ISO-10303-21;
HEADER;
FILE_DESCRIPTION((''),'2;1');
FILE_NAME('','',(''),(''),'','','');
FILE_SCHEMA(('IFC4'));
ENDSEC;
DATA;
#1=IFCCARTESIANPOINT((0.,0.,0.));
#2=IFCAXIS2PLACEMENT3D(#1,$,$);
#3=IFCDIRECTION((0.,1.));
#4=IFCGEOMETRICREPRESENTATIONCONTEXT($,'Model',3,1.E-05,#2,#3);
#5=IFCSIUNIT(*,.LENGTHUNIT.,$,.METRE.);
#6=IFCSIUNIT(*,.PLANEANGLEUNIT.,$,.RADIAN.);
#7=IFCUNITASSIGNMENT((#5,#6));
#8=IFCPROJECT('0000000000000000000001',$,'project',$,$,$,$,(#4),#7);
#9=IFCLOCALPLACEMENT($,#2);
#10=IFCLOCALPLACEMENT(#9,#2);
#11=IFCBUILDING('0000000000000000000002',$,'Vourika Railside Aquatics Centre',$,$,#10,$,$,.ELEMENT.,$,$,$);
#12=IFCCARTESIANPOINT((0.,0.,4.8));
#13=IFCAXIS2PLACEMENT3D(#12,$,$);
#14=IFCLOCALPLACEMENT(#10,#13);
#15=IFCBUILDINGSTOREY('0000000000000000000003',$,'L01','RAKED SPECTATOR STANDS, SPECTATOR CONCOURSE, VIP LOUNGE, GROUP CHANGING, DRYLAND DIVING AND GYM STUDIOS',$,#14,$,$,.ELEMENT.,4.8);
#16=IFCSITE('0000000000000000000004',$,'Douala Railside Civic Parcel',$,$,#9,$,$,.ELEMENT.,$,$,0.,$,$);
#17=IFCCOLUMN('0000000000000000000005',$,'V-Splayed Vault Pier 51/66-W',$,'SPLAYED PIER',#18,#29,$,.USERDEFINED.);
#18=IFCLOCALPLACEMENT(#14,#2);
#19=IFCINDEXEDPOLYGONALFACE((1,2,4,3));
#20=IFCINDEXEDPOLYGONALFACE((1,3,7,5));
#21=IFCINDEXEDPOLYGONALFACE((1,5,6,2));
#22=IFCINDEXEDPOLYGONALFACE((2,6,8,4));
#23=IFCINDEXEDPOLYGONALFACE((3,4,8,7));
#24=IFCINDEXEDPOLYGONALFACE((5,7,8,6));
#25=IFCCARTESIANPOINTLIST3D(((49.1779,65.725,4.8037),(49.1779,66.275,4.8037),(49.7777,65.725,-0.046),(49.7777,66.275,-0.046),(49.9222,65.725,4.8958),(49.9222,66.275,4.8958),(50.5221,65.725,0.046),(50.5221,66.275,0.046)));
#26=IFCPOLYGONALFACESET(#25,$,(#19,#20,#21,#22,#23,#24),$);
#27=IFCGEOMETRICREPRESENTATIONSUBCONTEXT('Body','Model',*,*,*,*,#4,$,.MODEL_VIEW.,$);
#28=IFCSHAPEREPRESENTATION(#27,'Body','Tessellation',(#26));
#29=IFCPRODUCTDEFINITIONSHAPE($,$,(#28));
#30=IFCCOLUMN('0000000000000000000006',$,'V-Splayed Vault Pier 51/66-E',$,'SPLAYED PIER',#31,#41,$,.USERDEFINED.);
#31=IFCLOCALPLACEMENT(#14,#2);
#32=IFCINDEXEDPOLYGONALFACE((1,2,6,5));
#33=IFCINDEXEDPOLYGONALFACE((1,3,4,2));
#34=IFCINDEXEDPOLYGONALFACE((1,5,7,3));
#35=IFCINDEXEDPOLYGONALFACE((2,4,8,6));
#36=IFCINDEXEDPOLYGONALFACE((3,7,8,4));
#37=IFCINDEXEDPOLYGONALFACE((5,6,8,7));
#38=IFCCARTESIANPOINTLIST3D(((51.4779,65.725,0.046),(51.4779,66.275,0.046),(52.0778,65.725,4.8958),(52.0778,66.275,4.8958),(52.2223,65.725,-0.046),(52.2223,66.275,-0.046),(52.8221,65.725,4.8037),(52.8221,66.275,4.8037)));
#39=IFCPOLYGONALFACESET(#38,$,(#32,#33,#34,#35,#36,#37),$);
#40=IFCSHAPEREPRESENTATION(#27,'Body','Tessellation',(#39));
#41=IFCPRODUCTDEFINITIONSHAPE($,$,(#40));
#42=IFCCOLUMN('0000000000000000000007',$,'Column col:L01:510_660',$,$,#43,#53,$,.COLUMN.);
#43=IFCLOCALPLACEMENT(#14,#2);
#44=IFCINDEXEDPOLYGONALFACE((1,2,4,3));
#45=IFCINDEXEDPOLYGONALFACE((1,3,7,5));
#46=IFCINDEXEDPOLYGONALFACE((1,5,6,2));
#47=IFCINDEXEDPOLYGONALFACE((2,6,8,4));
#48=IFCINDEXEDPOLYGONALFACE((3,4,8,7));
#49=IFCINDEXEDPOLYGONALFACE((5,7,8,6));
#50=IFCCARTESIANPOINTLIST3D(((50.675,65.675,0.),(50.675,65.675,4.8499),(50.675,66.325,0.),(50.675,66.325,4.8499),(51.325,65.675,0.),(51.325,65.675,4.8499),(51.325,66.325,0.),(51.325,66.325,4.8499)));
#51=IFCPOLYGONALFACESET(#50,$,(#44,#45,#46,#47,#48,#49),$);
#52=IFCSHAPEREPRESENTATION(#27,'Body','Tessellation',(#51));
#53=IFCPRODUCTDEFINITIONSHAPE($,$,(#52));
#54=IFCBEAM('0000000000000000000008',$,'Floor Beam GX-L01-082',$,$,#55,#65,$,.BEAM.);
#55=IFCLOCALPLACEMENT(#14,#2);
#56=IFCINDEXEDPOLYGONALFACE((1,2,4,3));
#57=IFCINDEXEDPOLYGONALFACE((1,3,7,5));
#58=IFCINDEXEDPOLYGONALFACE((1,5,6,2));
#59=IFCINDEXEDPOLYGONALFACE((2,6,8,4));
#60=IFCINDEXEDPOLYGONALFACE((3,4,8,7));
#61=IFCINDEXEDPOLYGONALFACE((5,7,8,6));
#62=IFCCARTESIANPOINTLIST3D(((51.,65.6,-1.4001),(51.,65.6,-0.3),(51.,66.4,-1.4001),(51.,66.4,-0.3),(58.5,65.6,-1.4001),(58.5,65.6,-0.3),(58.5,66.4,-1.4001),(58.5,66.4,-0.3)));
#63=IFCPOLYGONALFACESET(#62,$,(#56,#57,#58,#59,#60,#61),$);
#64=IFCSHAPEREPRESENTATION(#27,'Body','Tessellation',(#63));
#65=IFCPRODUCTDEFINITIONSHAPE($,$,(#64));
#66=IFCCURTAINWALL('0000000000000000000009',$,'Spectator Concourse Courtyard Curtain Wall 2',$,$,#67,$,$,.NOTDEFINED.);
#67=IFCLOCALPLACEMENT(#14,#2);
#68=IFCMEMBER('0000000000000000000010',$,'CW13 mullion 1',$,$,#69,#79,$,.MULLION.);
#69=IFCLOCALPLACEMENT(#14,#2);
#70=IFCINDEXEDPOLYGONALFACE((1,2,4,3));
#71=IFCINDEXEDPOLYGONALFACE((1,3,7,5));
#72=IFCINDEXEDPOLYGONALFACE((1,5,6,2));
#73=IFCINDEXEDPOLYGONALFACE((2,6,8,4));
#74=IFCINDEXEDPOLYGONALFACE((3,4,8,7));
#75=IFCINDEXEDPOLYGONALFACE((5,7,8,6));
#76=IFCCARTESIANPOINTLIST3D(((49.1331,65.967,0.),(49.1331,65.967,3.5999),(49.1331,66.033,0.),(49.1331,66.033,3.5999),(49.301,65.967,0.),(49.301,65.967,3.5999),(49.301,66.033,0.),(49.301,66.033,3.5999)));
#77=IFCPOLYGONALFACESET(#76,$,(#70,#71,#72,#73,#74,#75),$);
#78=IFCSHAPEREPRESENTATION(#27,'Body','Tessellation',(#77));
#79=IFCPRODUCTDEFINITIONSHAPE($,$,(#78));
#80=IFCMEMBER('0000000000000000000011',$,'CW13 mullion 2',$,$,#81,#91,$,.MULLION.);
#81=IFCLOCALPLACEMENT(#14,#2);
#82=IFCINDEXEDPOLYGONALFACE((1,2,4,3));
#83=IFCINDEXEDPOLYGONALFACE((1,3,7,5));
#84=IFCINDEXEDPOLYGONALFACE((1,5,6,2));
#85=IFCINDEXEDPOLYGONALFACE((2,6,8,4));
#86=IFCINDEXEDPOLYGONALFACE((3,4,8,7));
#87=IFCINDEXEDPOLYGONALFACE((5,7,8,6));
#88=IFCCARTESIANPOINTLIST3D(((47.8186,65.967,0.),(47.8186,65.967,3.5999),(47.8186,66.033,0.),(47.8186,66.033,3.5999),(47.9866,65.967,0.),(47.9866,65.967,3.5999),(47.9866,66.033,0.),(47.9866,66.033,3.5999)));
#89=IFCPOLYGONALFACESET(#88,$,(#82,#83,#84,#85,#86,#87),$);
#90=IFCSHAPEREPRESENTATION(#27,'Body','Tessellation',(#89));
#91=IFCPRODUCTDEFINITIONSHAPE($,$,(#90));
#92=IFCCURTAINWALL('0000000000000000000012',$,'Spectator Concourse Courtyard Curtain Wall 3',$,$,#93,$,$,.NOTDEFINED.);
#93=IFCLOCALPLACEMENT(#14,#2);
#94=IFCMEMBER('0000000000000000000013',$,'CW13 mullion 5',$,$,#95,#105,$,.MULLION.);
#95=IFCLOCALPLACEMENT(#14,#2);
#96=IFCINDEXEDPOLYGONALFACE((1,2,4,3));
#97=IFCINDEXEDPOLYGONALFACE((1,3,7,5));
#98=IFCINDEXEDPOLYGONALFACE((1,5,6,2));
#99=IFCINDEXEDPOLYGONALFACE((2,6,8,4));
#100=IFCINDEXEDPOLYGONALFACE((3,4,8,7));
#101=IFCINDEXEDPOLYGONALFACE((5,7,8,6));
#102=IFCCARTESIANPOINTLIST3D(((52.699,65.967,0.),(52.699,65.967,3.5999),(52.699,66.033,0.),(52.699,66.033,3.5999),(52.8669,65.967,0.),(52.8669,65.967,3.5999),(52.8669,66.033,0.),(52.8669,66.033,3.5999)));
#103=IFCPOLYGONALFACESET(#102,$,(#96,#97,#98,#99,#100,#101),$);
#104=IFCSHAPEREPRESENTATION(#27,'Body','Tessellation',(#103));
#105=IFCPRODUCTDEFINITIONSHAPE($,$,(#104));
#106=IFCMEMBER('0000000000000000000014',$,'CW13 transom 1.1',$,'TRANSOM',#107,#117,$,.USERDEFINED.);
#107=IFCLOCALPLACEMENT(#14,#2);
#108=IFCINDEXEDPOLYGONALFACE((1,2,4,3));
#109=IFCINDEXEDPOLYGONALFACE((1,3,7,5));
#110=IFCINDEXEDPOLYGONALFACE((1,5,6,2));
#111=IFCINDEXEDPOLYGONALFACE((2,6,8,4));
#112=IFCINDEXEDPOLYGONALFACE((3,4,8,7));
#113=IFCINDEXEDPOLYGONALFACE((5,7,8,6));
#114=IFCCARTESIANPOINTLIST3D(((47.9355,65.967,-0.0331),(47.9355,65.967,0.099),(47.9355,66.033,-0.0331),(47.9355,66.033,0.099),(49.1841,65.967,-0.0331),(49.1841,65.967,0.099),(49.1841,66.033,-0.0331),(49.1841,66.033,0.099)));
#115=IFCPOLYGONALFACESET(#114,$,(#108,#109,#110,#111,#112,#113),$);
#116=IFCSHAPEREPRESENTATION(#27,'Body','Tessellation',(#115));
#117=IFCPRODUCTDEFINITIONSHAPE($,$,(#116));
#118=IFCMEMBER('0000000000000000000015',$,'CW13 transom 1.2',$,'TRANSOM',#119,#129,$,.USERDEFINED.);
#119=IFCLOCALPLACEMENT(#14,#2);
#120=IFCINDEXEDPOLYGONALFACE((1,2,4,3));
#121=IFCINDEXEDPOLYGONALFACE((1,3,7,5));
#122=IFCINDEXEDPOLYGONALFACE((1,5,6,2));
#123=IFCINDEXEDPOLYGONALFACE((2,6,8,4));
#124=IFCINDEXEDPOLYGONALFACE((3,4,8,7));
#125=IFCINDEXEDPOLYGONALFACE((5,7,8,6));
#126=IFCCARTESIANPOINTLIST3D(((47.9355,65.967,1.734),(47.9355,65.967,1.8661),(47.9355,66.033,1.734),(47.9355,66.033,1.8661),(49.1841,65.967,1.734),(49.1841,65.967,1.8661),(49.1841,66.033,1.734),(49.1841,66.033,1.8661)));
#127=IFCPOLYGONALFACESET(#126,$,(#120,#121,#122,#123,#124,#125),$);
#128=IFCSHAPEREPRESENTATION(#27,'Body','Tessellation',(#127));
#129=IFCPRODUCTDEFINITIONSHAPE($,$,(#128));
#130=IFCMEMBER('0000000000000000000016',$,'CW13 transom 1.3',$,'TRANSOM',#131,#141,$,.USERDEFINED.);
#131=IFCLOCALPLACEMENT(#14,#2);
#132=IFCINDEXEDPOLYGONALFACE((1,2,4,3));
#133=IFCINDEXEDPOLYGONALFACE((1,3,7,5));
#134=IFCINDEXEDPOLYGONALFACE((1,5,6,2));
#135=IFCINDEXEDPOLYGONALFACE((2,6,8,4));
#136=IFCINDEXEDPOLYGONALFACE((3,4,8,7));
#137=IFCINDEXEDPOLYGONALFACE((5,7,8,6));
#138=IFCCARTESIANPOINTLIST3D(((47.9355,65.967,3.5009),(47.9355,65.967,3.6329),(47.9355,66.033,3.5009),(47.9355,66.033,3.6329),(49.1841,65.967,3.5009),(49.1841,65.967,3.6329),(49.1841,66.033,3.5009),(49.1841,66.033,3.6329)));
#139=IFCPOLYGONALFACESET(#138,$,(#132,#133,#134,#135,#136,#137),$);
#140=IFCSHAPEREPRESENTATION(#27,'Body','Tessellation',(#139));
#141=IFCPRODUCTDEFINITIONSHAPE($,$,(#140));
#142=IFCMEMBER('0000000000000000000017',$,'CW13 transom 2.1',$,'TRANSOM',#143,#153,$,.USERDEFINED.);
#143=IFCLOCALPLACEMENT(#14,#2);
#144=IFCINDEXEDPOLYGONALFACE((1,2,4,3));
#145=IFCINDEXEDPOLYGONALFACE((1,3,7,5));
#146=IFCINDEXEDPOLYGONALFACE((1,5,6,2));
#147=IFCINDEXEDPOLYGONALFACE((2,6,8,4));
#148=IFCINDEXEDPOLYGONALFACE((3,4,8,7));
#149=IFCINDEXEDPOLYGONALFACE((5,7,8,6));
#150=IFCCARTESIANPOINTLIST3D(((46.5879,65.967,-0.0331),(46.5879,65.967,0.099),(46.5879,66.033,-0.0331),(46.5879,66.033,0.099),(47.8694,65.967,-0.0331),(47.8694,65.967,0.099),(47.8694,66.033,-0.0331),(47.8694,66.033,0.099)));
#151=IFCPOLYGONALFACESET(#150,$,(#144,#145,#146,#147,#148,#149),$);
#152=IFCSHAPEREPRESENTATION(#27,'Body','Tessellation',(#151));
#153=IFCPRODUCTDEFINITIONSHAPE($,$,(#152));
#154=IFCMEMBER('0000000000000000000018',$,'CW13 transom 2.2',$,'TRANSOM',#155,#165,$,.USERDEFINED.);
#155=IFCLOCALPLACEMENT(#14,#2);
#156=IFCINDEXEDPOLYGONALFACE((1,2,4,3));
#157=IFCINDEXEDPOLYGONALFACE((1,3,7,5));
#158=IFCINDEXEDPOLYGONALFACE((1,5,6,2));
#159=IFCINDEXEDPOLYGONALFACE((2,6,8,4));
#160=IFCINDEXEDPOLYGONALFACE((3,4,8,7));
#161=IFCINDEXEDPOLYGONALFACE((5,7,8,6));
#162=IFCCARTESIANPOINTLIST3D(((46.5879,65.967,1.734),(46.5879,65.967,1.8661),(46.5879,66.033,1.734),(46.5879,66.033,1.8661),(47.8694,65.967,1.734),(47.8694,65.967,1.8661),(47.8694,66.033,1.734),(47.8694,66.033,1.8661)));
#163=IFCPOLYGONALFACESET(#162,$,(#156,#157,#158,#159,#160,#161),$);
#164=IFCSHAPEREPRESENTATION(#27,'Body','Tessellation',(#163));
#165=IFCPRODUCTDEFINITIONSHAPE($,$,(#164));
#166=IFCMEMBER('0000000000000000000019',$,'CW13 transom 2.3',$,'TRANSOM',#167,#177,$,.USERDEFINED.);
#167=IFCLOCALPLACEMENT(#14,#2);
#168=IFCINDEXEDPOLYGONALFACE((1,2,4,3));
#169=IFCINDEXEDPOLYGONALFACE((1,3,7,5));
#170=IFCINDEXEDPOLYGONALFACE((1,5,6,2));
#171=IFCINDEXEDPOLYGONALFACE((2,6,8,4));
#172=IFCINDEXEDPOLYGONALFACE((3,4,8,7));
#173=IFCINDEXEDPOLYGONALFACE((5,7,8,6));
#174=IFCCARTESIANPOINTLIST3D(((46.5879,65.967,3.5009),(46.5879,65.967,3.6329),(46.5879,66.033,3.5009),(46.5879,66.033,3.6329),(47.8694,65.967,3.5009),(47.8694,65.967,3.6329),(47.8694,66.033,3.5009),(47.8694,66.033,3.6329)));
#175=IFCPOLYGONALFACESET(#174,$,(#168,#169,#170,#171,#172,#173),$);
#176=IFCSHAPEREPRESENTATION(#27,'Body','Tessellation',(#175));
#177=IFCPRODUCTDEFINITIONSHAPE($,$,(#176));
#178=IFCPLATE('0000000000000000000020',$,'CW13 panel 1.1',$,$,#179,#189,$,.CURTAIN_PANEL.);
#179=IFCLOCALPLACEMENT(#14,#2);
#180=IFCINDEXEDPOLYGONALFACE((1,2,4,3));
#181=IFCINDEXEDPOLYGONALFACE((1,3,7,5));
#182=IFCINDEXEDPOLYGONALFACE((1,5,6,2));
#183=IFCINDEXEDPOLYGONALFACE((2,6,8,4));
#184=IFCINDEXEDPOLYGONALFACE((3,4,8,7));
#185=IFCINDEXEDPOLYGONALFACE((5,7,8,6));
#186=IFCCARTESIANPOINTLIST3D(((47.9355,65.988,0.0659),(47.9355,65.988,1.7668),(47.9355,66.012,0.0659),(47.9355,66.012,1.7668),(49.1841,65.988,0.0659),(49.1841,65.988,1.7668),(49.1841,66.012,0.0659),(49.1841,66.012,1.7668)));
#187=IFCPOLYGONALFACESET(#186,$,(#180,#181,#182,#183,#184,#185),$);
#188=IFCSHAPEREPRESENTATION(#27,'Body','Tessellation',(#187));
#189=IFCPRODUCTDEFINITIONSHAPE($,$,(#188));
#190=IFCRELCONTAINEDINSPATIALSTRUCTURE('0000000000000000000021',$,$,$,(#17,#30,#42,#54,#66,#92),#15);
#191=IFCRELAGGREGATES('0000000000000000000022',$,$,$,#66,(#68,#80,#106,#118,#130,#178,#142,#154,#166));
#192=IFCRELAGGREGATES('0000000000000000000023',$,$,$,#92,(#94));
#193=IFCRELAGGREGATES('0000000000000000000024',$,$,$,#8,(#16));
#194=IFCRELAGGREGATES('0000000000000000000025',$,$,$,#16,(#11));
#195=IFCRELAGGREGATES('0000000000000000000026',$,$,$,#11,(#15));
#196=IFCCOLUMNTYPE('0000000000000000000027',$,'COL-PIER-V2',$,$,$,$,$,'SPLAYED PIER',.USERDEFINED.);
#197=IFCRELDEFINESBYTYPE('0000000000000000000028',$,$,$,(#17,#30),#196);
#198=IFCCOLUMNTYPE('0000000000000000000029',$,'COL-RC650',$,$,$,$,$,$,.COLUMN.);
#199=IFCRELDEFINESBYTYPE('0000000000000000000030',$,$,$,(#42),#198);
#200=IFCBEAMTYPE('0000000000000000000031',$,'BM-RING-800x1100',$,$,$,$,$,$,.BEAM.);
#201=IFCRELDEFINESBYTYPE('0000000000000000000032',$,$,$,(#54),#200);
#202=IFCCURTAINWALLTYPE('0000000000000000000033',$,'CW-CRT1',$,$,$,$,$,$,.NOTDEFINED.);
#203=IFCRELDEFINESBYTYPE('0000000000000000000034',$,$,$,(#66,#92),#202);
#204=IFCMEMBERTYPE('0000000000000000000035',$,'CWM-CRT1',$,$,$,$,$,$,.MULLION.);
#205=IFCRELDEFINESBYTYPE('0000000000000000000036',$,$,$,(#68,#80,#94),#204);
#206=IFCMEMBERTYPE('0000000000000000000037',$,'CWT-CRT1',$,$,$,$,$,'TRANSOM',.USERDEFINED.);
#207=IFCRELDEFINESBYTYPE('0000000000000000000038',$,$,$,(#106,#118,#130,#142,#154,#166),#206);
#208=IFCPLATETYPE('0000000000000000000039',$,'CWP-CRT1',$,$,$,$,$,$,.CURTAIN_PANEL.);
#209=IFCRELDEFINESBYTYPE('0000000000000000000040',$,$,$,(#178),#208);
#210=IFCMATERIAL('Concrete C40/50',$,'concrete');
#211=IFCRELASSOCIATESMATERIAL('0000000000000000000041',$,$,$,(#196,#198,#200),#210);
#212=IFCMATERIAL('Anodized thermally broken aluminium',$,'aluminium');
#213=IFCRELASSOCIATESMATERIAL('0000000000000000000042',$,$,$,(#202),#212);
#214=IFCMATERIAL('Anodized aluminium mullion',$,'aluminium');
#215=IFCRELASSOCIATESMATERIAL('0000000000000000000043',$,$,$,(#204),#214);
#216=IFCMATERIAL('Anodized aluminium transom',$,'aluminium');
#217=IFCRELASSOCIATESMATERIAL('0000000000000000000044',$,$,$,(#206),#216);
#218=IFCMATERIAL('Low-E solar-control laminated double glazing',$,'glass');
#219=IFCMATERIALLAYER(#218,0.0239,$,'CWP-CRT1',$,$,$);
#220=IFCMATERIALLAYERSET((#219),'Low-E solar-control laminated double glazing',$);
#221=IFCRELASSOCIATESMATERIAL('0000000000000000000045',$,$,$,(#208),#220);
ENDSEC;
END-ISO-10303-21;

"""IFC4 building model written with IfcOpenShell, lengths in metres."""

from ifc_helpers import new_model, si_unit, direction, frame, origin, origin_2d, place, context, subcontext, project, spatial, rectangle, extrude, material, layer, layer_set, material_profile, profile_set, type_object, element, aggregate, save


model = new_model("IFC4")

# Units and contexts
model_context = context("Model", 3, precision=1e-05, world=origin(), true_north=direction((0.0, 1.0)))
body_context = subcontext(model_context, "Body", "Model", "MODEL_VIEW")
ifc_project = project(units=[si_unit("LENGTHUNIT", "METRE"), si_unit("PLANEANGLEUNIT", "RADIAN")], contexts=[model_context])

# Site, building, storey
site_placement = place(None, origin())
site = spatial("IfcSite", under=ifc_project, at=site_placement, Name="Douala Railside Civic Parcel", CompositionType="ELEMENT", RefElevation=0.0)
building_placement = place(site_placement, origin())
building = spatial("IfcBuilding", under=site, at=building_placement, Name="Vourika Railside Aquatics Centre", CompositionType="ELEMENT")
storey_placement = place(building_placement, frame((0.0, 0.0, 4.8)))
storey = spatial("IfcBuildingStorey", under=building, at=storey_placement, Name="L01", Description="RAKED SPECTATOR STANDS, SPECTATOR CONCOURSE, VIP LOUNGE, GROUP CHANGING, DRYLAND DIVING AND GYM STUDIOS", CompositionType="ELEMENT", Elevation=4.8)

# Columns
ifc_material_1 = material(Name="Concrete C40/50", Category="concrete")
ifc_material_profile_1 = material_profile(ifc_material_1, rectangle(XDim=0.55, YDim=0.75, at=origin_2d()), Name="RC 550x750")
ifc_profile_set_1 = profile_set([ifc_material_profile_1], Name="Concrete C40/50")
column_type_1 = type_object("IfcColumnType", Name="COL-PIER-V2", ElementType="SPLAYED PIER", PredefinedType="USERDEFINED", material=ifc_profile_set_1)
for number, where, z_axis, x_axis, name in (
    (1, (50.1499, 66.0, 0.0), (-0.12275, 0.0, 0.992438), (0.0, -1.0, 0.0), "V-Splayed Vault Pier 51/66-W"),
    (2, (51.8501, 66.0, 0.0), (0.12275, 0.0, 0.992438), (0.0, 1.0, 0.0), "V-Splayed Vault Pier 51/66-E"),
):
    element("IfcColumn", number, at=place(storey_placement, frame(where, z_axis=z_axis, x_axis=x_axis)), inside=storey, type_object=column_type_1, Name=name, ObjectType="SPLAYED PIER", PredefinedType="USERDEFINED", context=body_context, shape_type="SweptSolid", body=[
        extrude(rectangle(XDim=0.55, YDim=0.75, at=origin_2d()), origin(), (0.0, 0.0, 1.0), 4.8867),
    ])
ifc_material_profile_2 = material_profile(ifc_material_1, rectangle(XDim=0.6499, YDim=0.6499, at=origin_2d()), Name="RC 650x650")
ifc_profile_set_2 = profile_set([ifc_material_profile_2], Name="Concrete C40/50")
column_type_2 = type_object("IfcColumnType", Name="COL-RC650", PredefinedType="COLUMN", material=ifc_profile_set_2)
column_placement = place(storey_placement, frame((51.0, 66.0, 0.0), z_axis=(0.0, 0.0, 1.0), x_axis=(1.0, 0.0, 0.0)))
element("IfcColumn", 3, at=column_placement, inside=storey, type_object=column_type_2, Name="Column col:L01:510_660", PredefinedType="COLUMN", context=body_context, shape_type="SweptSolid", body=[
    extrude(rectangle(XDim=0.6499, YDim=0.6499, at=origin_2d()), origin(), (0.0, 0.0, 1.0), 4.8499),
])

# Beam
ifc_material_profile_3 = material_profile(ifc_material_1, rectangle(XDim=0.8, YDim=1.1001, at=origin_2d()), Name="RC 800x1100")
ifc_profile_set_3 = profile_set([ifc_material_profile_3], Name="Concrete C40/50")
beam_type = type_object("IfcBeamType", Name="BM-RING-800x1100", PredefinedType="BEAM", material=ifc_profile_set_3)
beam_placement = place(storey_placement, frame((51.0, 66.0, -0.8501), z_axis=(1.0, 0.0, 0.0), x_axis=(0.0, 1.0, 0.0)))
element("IfcBeam", 4, at=beam_placement, inside=storey, type_object=beam_type, Name="Floor Beam GX-L01-082", PredefinedType="BEAM", context=body_context, shape_type="SweptSolid", body=[
    extrude(rectangle(XDim=0.8, YDim=1.1001, at=origin_2d()), origin(), (0.0, 0.0, 1.0), 7.5),
])

# Curtain wall, members
ifc_material_2 = material(Name="Anodized thermally broken aluminium", Category="aluminium")
curtain_wall_type = type_object("IfcCurtainWallType", Name="CW-CRT1", PredefinedType="NOTDEFINED", material=ifc_material_2)
curtain_wall_1_placement = place(storey_placement, origin())
curtain_wall_1 = element("IfcCurtainWall", 5, at=curtain_wall_1_placement, inside=storey, type_object=curtain_wall_type, Name="Spectator Concourse Courtyard Curtain Wall 2", PredefinedType="NOTDEFINED")
ifc_material_3 = material(Name="Anodized aluminium mullion", Category="aluminium")
ifc_material_profile_4 = material_profile(ifc_material_3, rectangle(XDim=0.0659, YDim=0.168, at=origin_2d()), Name="ALU-M 66x168")
ifc_profile_set_4 = profile_set([ifc_material_profile_4], Name="Anodized aluminium mullion")
member_type_1 = type_object("IfcMemberType", Name="CWM-CRT1", PredefinedType="MULLION", material=ifc_profile_set_4)
member_1_placement = place(storey_placement, frame((49.217, 66.0, 0.0), z_axis=(0.0, 0.0, 1.0), x_axis=(0.0, -1.0, 0.0)))
member_1 = element("IfcMember", 6, at=member_1_placement, type_object=member_type_1, Name="CW13 mullion 1", PredefinedType="MULLION", context=body_context, shape_type="SweptSolid", body=[
    extrude(rectangle(XDim=0.0659, YDim=0.168, at=origin_2d()), origin(), (0.0, 0.0, 1.0), 3.5999),
])
member_2_placement = place(storey_placement, frame((47.9026, 66.0, 0.0), z_axis=(0.0, 0.0, 1.0), x_axis=(0.0, -1.0, 0.0)))
member_2 = element("IfcMember", 7, at=member_2_placement, type_object=member_type_1, Name="CW13 mullion 2", PredefinedType="MULLION", context=body_context, shape_type="SweptSolid", body=[
    extrude(rectangle(XDim=0.0659, YDim=0.168, at=origin_2d()), origin(), (0.0, 0.0, 1.0), 3.5999),
])

# Curtain wall, member
curtain_wall_2_placement = place(storey_placement, origin())
curtain_wall_2 = element("IfcCurtainWall", 8, at=curtain_wall_2_placement, inside=storey, type_object=curtain_wall_type, Name="Spectator Concourse Courtyard Curtain Wall 3", PredefinedType="NOTDEFINED")
member_3_placement = place(storey_placement, frame((52.783, 66.0, 0.0), z_axis=(0.0, 0.0, 1.0), x_axis=(0.0, -1.0, 0.0)))
member_3 = element("IfcMember", 9, at=member_3_placement, type_object=member_type_1, Name="CW13 mullion 5", PredefinedType="MULLION", context=body_context, shape_type="SweptSolid", body=[
    extrude(rectangle(XDim=0.0659, YDim=0.168, at=origin_2d()), origin(), (0.0, 0.0, 1.0), 3.5999),
])

# Members
ifc_material_4 = material(Name="Anodized aluminium transom", Category="aluminium")
ifc_material_profile_5 = material_profile(ifc_material_4, rectangle(XDim=0.0659, YDim=0.1321, at=origin_2d()), Name="ALU-T 66x132")
ifc_profile_set_5 = profile_set([ifc_material_profile_5], Name="Anodized aluminium transom")
member_type_2 = type_object("IfcMemberType", Name="CWT-CRT1", ElementType="TRANSOM", PredefinedType="USERDEFINED", material=ifc_profile_set_5)
member_4_placement = place(storey_placement, frame((49.1841, 66.0, 0.033), z_axis=(-1.0, 0.0, 0.0), x_axis=(0.0, -1.0, 0.0)))
member_4 = element("IfcMember", 10, at=member_4_placement, type_object=member_type_2, Name="CW13 transom 1.1", ObjectType="TRANSOM", PredefinedType="USERDEFINED", context=body_context, shape_type="SweptSolid", body=[
    extrude(rectangle(XDim=0.0659, YDim=0.1321, at=origin_2d()), origin(), (0.0, 0.0, 1.0), 1.2485),
])
member_5_placement = place(storey_placement, frame((49.1841, 66.0, 1.8), z_axis=(-1.0, 0.0, 0.0), x_axis=(0.0, -1.0, 0.0)))
member_5 = element("IfcMember", 11, at=member_5_placement, type_object=member_type_2, Name="CW13 transom 1.2", ObjectType="TRANSOM", PredefinedType="USERDEFINED", context=body_context, shape_type="SweptSolid", body=[
    extrude(rectangle(XDim=0.0659, YDim=0.1321, at=origin_2d()), origin(), (0.0, 0.0, 1.0), 1.2485),
])
member_6_placement = place(storey_placement, frame((49.1841, 66.0, 3.5669), z_axis=(-1.0, 0.0, 0.0), x_axis=(0.0, -1.0, 0.0)))
member_6 = element("IfcMember", 12, at=member_6_placement, type_object=member_type_2, Name="CW13 transom 1.3", ObjectType="TRANSOM", PredefinedType="USERDEFINED", context=body_context, shape_type="SweptSolid", body=[
    extrude(rectangle(XDim=0.0659, YDim=0.1321, at=origin_2d()), origin(), (0.0, 0.0, 1.0), 1.2485),
])
member_7_placement = place(storey_placement, frame((47.8694, 66.0, 0.033), z_axis=(-1.0, 0.0, 0.0), x_axis=(0.0, -1.0, 0.0)))
member_7 = element("IfcMember", 13, at=member_7_placement, type_object=member_type_2, Name="CW13 transom 2.1", ObjectType="TRANSOM", PredefinedType="USERDEFINED", context=body_context, shape_type="SweptSolid", body=[
    extrude(rectangle(XDim=0.0659, YDim=0.1321, at=origin_2d()), origin(), (0.0, 0.0, 1.0), 1.2815),
])
member_8_placement = place(storey_placement, frame((47.8694, 66.0, 1.8), z_axis=(-1.0, 0.0, 0.0), x_axis=(0.0, -1.0, 0.0)))
member_8 = element("IfcMember", 14, at=member_8_placement, type_object=member_type_2, Name="CW13 transom 2.2", ObjectType="TRANSOM", PredefinedType="USERDEFINED", context=body_context, shape_type="SweptSolid", body=[
    extrude(rectangle(XDim=0.0659, YDim=0.1321, at=origin_2d()), origin(), (0.0, 0.0, 1.0), 1.2815),
])
member_9_placement = place(storey_placement, frame((47.8694, 66.0, 3.5669), z_axis=(-1.0, 0.0, 0.0), x_axis=(0.0, -1.0, 0.0)))
member_9 = element("IfcMember", 15, at=member_9_placement, type_object=member_type_2, Name="CW13 transom 2.3", ObjectType="TRANSOM", PredefinedType="USERDEFINED", context=body_context, shape_type="SweptSolid", body=[
    extrude(rectangle(XDim=0.0659, YDim=0.1321, at=origin_2d()), origin(), (0.0, 0.0, 1.0), 1.2815),
])

# Plate
ifc_material_5 = material(Name="Low-E solar-control laminated double glazing", Category="glass")
ifc_layer_1 = layer(ifc_material_5, 0.0239, Name="CWP-CRT1")
ifc_layer_set_1 = layer_set([ifc_layer_1], Name="Low-E solar-control laminated double glazing")
plate_type_1 = type_object("IfcPlateType", Name="CWP-CRT1", PredefinedType="CURTAIN_PANEL", material=ifc_layer_set_1)
plate_1_placement = place(storey_placement, frame((48.5598, 66.0, 0.0659), z_axis=(0.0, 0.0, 1.0), x_axis=(-1.0, 0.0, 0.0)))
plate_1 = element("IfcPlate", 16, at=plate_1_placement, type_object=plate_type_1, Name="CW13 panel 1.1", PredefinedType="CURTAIN_PANEL", context=body_context, shape_type="SweptSolid", body=[
    extrude(rectangle(XDim=1.2485, YDim=0.0239, at=origin_2d()), origin(), (0.0, 0.0, 1.0), 1.7009),
])
aggregate(curtain_wall_1, [member_1, member_2, member_4, member_5, member_6, plate_1, member_7, member_8, member_9])
aggregate(curtain_wall_2, [member_3])

save(model, "model.ifc")
